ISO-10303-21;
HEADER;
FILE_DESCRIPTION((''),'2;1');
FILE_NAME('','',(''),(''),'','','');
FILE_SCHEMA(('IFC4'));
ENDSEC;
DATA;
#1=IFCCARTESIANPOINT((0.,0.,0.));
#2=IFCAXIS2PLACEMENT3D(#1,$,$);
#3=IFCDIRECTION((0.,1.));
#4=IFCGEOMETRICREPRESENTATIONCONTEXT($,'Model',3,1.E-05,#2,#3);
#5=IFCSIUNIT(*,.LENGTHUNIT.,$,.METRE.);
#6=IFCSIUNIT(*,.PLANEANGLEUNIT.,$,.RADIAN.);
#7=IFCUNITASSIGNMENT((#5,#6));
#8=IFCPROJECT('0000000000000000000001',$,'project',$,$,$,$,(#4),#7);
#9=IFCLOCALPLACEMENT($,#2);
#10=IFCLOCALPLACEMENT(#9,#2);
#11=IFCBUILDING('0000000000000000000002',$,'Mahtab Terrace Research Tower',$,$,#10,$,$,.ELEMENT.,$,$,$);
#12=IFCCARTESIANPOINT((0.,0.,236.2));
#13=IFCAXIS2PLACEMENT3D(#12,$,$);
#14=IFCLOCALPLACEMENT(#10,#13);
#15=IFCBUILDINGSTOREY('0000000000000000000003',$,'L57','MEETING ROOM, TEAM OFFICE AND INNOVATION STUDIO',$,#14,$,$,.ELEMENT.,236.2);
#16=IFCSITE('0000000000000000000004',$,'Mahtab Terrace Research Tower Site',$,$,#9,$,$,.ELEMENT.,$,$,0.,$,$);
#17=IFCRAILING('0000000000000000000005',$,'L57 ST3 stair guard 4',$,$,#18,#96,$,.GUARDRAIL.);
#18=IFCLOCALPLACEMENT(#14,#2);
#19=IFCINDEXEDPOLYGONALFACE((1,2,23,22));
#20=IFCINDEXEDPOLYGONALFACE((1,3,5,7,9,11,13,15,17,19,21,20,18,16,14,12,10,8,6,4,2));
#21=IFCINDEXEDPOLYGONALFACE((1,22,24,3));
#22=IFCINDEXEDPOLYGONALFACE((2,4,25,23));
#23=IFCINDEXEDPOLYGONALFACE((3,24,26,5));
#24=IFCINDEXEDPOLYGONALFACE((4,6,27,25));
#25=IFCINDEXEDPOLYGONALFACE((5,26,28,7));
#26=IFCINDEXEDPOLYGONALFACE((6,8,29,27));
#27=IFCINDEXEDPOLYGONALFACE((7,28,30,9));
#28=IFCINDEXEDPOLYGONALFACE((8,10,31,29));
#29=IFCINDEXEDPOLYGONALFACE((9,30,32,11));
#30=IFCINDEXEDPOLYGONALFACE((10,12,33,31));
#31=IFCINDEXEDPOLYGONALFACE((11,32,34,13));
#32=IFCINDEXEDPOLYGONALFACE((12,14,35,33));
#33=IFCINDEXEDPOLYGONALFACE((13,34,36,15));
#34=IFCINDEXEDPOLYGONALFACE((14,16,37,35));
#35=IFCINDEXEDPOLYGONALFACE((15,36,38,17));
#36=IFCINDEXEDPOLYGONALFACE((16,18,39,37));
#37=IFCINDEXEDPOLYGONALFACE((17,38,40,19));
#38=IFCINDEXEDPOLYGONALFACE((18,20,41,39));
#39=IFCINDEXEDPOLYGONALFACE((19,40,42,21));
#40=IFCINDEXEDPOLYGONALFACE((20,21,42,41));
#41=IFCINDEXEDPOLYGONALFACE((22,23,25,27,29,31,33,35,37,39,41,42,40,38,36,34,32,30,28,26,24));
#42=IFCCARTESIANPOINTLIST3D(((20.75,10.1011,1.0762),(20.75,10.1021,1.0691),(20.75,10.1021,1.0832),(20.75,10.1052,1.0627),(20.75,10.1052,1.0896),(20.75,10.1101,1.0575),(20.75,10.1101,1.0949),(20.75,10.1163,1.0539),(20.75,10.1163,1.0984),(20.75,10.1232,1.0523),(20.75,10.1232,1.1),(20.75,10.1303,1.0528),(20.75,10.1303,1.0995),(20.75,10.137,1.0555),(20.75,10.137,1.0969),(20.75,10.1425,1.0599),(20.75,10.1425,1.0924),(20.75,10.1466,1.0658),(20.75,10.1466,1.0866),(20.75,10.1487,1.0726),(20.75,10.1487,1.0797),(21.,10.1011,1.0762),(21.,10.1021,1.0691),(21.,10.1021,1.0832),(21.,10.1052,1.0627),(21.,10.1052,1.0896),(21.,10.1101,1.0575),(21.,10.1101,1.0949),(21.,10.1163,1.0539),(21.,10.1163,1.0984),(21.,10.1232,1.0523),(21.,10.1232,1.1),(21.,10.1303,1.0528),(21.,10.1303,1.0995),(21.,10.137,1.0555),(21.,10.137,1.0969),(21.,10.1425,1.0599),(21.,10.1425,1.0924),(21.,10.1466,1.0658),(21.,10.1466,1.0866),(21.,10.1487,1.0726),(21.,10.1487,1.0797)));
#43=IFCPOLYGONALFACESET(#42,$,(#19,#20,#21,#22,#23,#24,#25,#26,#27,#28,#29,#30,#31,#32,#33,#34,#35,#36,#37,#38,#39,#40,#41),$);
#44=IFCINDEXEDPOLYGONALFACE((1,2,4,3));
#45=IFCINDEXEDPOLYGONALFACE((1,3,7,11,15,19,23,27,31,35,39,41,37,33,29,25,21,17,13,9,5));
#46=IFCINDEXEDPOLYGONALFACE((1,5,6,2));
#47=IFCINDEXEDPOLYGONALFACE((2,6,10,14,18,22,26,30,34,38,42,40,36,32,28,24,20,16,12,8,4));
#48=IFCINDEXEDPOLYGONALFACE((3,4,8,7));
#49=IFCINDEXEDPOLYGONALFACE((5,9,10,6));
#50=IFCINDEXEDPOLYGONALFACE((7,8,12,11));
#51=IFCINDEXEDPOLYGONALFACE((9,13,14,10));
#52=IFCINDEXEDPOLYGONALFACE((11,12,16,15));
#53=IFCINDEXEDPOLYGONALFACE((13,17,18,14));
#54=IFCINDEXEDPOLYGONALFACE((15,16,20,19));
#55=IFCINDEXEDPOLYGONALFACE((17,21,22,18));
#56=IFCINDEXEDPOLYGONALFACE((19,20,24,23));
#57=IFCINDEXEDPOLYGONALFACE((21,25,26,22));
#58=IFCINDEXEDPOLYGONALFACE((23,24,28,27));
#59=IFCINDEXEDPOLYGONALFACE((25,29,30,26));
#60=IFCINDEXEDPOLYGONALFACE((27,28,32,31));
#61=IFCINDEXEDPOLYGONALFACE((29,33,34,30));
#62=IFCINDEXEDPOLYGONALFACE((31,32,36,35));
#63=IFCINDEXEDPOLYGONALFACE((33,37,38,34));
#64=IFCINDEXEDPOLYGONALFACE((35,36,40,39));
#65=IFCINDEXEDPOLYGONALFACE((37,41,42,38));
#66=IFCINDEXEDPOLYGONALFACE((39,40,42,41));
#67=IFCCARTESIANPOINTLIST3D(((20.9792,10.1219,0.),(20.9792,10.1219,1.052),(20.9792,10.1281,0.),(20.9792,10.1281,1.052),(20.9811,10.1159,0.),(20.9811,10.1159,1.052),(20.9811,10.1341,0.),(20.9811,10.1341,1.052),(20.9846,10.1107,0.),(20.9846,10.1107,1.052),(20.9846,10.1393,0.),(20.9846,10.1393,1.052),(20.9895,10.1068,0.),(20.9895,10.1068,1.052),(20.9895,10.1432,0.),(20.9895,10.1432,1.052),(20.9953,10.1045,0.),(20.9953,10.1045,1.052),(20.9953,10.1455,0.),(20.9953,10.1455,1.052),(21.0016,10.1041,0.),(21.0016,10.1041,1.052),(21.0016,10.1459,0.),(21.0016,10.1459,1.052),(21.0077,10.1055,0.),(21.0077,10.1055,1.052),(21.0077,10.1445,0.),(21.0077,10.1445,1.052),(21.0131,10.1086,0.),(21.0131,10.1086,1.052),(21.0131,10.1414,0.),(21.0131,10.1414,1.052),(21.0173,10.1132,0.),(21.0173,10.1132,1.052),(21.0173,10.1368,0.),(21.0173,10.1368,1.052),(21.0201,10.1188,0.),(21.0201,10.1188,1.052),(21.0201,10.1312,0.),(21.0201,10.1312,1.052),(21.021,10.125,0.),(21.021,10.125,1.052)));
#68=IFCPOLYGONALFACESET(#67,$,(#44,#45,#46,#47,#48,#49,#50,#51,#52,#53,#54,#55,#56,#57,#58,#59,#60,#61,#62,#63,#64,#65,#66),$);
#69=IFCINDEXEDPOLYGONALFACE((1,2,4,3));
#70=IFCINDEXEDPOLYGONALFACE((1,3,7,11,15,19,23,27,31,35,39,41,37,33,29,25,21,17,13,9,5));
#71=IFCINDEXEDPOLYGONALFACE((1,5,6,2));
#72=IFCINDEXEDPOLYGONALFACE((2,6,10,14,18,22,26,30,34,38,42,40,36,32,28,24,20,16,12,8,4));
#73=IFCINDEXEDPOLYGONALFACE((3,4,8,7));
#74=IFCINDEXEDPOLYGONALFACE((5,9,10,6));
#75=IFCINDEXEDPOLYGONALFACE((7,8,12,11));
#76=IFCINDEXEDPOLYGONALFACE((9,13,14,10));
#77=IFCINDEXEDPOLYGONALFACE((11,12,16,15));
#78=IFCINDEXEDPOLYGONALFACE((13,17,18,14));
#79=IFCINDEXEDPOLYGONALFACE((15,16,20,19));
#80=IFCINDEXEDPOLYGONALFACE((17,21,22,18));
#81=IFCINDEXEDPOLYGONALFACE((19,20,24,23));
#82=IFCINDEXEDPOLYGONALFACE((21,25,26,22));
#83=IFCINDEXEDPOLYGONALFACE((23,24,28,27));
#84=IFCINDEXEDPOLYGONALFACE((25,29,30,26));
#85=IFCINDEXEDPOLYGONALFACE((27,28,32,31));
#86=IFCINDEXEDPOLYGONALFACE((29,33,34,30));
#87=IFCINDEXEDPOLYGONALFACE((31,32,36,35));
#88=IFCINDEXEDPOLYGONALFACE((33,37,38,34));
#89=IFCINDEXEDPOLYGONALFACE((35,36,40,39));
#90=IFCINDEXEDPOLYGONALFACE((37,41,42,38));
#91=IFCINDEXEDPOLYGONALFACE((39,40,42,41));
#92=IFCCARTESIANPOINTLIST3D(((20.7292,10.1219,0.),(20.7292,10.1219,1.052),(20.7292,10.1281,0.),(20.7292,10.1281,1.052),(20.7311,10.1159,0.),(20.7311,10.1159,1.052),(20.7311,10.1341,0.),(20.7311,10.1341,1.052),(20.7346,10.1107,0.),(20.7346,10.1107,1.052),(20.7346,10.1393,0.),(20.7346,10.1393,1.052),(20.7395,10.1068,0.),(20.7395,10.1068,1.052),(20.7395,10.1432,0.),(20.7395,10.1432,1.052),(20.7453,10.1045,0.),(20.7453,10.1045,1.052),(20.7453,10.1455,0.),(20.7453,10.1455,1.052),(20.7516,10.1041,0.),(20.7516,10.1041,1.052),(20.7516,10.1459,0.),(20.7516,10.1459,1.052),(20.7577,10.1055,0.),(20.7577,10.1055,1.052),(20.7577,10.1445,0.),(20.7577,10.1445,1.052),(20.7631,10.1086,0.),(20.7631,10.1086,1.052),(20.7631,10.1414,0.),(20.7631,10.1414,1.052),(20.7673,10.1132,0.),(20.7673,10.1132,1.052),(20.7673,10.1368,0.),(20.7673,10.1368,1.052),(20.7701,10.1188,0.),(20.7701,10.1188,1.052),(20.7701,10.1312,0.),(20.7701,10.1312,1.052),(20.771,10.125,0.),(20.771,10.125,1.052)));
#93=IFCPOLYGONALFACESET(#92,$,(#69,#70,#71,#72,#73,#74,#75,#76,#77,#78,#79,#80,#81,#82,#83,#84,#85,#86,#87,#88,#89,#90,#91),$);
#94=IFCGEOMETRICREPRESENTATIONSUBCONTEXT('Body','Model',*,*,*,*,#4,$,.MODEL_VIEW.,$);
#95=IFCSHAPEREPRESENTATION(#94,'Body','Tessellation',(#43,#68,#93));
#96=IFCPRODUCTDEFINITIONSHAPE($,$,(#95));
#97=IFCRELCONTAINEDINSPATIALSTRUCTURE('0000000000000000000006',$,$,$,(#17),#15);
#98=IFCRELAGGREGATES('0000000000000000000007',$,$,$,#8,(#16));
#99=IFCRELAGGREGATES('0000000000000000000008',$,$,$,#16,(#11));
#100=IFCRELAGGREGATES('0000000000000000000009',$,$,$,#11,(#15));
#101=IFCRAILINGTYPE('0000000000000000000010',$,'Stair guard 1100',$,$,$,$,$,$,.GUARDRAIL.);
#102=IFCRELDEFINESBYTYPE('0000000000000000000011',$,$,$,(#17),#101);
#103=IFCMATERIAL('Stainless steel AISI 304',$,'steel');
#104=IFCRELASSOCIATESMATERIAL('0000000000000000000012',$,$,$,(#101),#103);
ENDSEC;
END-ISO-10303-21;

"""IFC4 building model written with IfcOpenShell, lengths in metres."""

from ifc_helpers import new_model, si_unit, direction, frame, origin, origin_2d, place, context, subcontext, project, spatial, circle, extrude, material, type_object, element, save


model = new_model("IFC4")

# Units and contexts
model_context = context("Model", 3, precision=1e-05, world=origin(), true_north=direction((0.0, 1.0)))
body_context = subcontext(model_context, "Body", "Model", "MODEL_VIEW")
ifc_project = project(units=[si_unit("LENGTHUNIT", "METRE"), si_unit("PLANEANGLEUNIT", "RADIAN")], contexts=[model_context])

# Site, building, storey
site_placement = place(None, origin())
site = spatial("IfcSite", under=ifc_project, at=site_placement, Name="Mahtab Terrace Research Tower Site", CompositionType="ELEMENT", RefElevation=0.0)
building_placement = place(site_placement, origin())
building = spatial("IfcBuilding", under=site, at=building_placement, Name="Mahtab Terrace Research Tower", CompositionType="ELEMENT")
storey_placement = place(building_placement, frame((0.0, 0.0, 236.2)))
storey = spatial("IfcBuildingStorey", under=building, at=storey_placement, Name="L57", Description="MEETING ROOM, TEAM OFFICE AND INNOVATION STUDIO", CompositionType="ELEMENT", Elevation=236.2)

# Shared definitions
ifc_material_1 = material(Name="Stainless steel AISI 304", Category="steel")

# Railing
railing_type_1 = type_object("IfcRailingType", Name="Stair guard 1100", PredefinedType="GUARDRAIL", material=ifc_material_1)
railing_1_placement = place(storey_placement, frame((21.0, 10.125, 0.0)))
element("IfcRailing", 1, at=railing_1_placement, inside=storey, type_object=railing_type_1, Name="L57 ST3 stair guard 4", PredefinedType="GUARDRAIL", context=body_context, shape_type="SweptSolid", body=[
    extrude(circle(Radius=0.0239, at=origin_2d()), frame((0.0, 0.0, 1.0762), z_axis=(-1.0, 0.0, 0.0), x_axis=(0.0, -1.0, 0.0)), (0.0, 0.0, 1.0), 0.25),
    extrude(circle(Radius=0.021, at=origin_2d()), origin(), (0.0, 0.0, 1.0), 1.052),
    extrude(circle(Radius=0.021, at=origin_2d()), frame((-0.25, 0.0, 0.0)), (0.0, 0.0, 1.0), 1.052),
])

save(model, "model.ifc")
